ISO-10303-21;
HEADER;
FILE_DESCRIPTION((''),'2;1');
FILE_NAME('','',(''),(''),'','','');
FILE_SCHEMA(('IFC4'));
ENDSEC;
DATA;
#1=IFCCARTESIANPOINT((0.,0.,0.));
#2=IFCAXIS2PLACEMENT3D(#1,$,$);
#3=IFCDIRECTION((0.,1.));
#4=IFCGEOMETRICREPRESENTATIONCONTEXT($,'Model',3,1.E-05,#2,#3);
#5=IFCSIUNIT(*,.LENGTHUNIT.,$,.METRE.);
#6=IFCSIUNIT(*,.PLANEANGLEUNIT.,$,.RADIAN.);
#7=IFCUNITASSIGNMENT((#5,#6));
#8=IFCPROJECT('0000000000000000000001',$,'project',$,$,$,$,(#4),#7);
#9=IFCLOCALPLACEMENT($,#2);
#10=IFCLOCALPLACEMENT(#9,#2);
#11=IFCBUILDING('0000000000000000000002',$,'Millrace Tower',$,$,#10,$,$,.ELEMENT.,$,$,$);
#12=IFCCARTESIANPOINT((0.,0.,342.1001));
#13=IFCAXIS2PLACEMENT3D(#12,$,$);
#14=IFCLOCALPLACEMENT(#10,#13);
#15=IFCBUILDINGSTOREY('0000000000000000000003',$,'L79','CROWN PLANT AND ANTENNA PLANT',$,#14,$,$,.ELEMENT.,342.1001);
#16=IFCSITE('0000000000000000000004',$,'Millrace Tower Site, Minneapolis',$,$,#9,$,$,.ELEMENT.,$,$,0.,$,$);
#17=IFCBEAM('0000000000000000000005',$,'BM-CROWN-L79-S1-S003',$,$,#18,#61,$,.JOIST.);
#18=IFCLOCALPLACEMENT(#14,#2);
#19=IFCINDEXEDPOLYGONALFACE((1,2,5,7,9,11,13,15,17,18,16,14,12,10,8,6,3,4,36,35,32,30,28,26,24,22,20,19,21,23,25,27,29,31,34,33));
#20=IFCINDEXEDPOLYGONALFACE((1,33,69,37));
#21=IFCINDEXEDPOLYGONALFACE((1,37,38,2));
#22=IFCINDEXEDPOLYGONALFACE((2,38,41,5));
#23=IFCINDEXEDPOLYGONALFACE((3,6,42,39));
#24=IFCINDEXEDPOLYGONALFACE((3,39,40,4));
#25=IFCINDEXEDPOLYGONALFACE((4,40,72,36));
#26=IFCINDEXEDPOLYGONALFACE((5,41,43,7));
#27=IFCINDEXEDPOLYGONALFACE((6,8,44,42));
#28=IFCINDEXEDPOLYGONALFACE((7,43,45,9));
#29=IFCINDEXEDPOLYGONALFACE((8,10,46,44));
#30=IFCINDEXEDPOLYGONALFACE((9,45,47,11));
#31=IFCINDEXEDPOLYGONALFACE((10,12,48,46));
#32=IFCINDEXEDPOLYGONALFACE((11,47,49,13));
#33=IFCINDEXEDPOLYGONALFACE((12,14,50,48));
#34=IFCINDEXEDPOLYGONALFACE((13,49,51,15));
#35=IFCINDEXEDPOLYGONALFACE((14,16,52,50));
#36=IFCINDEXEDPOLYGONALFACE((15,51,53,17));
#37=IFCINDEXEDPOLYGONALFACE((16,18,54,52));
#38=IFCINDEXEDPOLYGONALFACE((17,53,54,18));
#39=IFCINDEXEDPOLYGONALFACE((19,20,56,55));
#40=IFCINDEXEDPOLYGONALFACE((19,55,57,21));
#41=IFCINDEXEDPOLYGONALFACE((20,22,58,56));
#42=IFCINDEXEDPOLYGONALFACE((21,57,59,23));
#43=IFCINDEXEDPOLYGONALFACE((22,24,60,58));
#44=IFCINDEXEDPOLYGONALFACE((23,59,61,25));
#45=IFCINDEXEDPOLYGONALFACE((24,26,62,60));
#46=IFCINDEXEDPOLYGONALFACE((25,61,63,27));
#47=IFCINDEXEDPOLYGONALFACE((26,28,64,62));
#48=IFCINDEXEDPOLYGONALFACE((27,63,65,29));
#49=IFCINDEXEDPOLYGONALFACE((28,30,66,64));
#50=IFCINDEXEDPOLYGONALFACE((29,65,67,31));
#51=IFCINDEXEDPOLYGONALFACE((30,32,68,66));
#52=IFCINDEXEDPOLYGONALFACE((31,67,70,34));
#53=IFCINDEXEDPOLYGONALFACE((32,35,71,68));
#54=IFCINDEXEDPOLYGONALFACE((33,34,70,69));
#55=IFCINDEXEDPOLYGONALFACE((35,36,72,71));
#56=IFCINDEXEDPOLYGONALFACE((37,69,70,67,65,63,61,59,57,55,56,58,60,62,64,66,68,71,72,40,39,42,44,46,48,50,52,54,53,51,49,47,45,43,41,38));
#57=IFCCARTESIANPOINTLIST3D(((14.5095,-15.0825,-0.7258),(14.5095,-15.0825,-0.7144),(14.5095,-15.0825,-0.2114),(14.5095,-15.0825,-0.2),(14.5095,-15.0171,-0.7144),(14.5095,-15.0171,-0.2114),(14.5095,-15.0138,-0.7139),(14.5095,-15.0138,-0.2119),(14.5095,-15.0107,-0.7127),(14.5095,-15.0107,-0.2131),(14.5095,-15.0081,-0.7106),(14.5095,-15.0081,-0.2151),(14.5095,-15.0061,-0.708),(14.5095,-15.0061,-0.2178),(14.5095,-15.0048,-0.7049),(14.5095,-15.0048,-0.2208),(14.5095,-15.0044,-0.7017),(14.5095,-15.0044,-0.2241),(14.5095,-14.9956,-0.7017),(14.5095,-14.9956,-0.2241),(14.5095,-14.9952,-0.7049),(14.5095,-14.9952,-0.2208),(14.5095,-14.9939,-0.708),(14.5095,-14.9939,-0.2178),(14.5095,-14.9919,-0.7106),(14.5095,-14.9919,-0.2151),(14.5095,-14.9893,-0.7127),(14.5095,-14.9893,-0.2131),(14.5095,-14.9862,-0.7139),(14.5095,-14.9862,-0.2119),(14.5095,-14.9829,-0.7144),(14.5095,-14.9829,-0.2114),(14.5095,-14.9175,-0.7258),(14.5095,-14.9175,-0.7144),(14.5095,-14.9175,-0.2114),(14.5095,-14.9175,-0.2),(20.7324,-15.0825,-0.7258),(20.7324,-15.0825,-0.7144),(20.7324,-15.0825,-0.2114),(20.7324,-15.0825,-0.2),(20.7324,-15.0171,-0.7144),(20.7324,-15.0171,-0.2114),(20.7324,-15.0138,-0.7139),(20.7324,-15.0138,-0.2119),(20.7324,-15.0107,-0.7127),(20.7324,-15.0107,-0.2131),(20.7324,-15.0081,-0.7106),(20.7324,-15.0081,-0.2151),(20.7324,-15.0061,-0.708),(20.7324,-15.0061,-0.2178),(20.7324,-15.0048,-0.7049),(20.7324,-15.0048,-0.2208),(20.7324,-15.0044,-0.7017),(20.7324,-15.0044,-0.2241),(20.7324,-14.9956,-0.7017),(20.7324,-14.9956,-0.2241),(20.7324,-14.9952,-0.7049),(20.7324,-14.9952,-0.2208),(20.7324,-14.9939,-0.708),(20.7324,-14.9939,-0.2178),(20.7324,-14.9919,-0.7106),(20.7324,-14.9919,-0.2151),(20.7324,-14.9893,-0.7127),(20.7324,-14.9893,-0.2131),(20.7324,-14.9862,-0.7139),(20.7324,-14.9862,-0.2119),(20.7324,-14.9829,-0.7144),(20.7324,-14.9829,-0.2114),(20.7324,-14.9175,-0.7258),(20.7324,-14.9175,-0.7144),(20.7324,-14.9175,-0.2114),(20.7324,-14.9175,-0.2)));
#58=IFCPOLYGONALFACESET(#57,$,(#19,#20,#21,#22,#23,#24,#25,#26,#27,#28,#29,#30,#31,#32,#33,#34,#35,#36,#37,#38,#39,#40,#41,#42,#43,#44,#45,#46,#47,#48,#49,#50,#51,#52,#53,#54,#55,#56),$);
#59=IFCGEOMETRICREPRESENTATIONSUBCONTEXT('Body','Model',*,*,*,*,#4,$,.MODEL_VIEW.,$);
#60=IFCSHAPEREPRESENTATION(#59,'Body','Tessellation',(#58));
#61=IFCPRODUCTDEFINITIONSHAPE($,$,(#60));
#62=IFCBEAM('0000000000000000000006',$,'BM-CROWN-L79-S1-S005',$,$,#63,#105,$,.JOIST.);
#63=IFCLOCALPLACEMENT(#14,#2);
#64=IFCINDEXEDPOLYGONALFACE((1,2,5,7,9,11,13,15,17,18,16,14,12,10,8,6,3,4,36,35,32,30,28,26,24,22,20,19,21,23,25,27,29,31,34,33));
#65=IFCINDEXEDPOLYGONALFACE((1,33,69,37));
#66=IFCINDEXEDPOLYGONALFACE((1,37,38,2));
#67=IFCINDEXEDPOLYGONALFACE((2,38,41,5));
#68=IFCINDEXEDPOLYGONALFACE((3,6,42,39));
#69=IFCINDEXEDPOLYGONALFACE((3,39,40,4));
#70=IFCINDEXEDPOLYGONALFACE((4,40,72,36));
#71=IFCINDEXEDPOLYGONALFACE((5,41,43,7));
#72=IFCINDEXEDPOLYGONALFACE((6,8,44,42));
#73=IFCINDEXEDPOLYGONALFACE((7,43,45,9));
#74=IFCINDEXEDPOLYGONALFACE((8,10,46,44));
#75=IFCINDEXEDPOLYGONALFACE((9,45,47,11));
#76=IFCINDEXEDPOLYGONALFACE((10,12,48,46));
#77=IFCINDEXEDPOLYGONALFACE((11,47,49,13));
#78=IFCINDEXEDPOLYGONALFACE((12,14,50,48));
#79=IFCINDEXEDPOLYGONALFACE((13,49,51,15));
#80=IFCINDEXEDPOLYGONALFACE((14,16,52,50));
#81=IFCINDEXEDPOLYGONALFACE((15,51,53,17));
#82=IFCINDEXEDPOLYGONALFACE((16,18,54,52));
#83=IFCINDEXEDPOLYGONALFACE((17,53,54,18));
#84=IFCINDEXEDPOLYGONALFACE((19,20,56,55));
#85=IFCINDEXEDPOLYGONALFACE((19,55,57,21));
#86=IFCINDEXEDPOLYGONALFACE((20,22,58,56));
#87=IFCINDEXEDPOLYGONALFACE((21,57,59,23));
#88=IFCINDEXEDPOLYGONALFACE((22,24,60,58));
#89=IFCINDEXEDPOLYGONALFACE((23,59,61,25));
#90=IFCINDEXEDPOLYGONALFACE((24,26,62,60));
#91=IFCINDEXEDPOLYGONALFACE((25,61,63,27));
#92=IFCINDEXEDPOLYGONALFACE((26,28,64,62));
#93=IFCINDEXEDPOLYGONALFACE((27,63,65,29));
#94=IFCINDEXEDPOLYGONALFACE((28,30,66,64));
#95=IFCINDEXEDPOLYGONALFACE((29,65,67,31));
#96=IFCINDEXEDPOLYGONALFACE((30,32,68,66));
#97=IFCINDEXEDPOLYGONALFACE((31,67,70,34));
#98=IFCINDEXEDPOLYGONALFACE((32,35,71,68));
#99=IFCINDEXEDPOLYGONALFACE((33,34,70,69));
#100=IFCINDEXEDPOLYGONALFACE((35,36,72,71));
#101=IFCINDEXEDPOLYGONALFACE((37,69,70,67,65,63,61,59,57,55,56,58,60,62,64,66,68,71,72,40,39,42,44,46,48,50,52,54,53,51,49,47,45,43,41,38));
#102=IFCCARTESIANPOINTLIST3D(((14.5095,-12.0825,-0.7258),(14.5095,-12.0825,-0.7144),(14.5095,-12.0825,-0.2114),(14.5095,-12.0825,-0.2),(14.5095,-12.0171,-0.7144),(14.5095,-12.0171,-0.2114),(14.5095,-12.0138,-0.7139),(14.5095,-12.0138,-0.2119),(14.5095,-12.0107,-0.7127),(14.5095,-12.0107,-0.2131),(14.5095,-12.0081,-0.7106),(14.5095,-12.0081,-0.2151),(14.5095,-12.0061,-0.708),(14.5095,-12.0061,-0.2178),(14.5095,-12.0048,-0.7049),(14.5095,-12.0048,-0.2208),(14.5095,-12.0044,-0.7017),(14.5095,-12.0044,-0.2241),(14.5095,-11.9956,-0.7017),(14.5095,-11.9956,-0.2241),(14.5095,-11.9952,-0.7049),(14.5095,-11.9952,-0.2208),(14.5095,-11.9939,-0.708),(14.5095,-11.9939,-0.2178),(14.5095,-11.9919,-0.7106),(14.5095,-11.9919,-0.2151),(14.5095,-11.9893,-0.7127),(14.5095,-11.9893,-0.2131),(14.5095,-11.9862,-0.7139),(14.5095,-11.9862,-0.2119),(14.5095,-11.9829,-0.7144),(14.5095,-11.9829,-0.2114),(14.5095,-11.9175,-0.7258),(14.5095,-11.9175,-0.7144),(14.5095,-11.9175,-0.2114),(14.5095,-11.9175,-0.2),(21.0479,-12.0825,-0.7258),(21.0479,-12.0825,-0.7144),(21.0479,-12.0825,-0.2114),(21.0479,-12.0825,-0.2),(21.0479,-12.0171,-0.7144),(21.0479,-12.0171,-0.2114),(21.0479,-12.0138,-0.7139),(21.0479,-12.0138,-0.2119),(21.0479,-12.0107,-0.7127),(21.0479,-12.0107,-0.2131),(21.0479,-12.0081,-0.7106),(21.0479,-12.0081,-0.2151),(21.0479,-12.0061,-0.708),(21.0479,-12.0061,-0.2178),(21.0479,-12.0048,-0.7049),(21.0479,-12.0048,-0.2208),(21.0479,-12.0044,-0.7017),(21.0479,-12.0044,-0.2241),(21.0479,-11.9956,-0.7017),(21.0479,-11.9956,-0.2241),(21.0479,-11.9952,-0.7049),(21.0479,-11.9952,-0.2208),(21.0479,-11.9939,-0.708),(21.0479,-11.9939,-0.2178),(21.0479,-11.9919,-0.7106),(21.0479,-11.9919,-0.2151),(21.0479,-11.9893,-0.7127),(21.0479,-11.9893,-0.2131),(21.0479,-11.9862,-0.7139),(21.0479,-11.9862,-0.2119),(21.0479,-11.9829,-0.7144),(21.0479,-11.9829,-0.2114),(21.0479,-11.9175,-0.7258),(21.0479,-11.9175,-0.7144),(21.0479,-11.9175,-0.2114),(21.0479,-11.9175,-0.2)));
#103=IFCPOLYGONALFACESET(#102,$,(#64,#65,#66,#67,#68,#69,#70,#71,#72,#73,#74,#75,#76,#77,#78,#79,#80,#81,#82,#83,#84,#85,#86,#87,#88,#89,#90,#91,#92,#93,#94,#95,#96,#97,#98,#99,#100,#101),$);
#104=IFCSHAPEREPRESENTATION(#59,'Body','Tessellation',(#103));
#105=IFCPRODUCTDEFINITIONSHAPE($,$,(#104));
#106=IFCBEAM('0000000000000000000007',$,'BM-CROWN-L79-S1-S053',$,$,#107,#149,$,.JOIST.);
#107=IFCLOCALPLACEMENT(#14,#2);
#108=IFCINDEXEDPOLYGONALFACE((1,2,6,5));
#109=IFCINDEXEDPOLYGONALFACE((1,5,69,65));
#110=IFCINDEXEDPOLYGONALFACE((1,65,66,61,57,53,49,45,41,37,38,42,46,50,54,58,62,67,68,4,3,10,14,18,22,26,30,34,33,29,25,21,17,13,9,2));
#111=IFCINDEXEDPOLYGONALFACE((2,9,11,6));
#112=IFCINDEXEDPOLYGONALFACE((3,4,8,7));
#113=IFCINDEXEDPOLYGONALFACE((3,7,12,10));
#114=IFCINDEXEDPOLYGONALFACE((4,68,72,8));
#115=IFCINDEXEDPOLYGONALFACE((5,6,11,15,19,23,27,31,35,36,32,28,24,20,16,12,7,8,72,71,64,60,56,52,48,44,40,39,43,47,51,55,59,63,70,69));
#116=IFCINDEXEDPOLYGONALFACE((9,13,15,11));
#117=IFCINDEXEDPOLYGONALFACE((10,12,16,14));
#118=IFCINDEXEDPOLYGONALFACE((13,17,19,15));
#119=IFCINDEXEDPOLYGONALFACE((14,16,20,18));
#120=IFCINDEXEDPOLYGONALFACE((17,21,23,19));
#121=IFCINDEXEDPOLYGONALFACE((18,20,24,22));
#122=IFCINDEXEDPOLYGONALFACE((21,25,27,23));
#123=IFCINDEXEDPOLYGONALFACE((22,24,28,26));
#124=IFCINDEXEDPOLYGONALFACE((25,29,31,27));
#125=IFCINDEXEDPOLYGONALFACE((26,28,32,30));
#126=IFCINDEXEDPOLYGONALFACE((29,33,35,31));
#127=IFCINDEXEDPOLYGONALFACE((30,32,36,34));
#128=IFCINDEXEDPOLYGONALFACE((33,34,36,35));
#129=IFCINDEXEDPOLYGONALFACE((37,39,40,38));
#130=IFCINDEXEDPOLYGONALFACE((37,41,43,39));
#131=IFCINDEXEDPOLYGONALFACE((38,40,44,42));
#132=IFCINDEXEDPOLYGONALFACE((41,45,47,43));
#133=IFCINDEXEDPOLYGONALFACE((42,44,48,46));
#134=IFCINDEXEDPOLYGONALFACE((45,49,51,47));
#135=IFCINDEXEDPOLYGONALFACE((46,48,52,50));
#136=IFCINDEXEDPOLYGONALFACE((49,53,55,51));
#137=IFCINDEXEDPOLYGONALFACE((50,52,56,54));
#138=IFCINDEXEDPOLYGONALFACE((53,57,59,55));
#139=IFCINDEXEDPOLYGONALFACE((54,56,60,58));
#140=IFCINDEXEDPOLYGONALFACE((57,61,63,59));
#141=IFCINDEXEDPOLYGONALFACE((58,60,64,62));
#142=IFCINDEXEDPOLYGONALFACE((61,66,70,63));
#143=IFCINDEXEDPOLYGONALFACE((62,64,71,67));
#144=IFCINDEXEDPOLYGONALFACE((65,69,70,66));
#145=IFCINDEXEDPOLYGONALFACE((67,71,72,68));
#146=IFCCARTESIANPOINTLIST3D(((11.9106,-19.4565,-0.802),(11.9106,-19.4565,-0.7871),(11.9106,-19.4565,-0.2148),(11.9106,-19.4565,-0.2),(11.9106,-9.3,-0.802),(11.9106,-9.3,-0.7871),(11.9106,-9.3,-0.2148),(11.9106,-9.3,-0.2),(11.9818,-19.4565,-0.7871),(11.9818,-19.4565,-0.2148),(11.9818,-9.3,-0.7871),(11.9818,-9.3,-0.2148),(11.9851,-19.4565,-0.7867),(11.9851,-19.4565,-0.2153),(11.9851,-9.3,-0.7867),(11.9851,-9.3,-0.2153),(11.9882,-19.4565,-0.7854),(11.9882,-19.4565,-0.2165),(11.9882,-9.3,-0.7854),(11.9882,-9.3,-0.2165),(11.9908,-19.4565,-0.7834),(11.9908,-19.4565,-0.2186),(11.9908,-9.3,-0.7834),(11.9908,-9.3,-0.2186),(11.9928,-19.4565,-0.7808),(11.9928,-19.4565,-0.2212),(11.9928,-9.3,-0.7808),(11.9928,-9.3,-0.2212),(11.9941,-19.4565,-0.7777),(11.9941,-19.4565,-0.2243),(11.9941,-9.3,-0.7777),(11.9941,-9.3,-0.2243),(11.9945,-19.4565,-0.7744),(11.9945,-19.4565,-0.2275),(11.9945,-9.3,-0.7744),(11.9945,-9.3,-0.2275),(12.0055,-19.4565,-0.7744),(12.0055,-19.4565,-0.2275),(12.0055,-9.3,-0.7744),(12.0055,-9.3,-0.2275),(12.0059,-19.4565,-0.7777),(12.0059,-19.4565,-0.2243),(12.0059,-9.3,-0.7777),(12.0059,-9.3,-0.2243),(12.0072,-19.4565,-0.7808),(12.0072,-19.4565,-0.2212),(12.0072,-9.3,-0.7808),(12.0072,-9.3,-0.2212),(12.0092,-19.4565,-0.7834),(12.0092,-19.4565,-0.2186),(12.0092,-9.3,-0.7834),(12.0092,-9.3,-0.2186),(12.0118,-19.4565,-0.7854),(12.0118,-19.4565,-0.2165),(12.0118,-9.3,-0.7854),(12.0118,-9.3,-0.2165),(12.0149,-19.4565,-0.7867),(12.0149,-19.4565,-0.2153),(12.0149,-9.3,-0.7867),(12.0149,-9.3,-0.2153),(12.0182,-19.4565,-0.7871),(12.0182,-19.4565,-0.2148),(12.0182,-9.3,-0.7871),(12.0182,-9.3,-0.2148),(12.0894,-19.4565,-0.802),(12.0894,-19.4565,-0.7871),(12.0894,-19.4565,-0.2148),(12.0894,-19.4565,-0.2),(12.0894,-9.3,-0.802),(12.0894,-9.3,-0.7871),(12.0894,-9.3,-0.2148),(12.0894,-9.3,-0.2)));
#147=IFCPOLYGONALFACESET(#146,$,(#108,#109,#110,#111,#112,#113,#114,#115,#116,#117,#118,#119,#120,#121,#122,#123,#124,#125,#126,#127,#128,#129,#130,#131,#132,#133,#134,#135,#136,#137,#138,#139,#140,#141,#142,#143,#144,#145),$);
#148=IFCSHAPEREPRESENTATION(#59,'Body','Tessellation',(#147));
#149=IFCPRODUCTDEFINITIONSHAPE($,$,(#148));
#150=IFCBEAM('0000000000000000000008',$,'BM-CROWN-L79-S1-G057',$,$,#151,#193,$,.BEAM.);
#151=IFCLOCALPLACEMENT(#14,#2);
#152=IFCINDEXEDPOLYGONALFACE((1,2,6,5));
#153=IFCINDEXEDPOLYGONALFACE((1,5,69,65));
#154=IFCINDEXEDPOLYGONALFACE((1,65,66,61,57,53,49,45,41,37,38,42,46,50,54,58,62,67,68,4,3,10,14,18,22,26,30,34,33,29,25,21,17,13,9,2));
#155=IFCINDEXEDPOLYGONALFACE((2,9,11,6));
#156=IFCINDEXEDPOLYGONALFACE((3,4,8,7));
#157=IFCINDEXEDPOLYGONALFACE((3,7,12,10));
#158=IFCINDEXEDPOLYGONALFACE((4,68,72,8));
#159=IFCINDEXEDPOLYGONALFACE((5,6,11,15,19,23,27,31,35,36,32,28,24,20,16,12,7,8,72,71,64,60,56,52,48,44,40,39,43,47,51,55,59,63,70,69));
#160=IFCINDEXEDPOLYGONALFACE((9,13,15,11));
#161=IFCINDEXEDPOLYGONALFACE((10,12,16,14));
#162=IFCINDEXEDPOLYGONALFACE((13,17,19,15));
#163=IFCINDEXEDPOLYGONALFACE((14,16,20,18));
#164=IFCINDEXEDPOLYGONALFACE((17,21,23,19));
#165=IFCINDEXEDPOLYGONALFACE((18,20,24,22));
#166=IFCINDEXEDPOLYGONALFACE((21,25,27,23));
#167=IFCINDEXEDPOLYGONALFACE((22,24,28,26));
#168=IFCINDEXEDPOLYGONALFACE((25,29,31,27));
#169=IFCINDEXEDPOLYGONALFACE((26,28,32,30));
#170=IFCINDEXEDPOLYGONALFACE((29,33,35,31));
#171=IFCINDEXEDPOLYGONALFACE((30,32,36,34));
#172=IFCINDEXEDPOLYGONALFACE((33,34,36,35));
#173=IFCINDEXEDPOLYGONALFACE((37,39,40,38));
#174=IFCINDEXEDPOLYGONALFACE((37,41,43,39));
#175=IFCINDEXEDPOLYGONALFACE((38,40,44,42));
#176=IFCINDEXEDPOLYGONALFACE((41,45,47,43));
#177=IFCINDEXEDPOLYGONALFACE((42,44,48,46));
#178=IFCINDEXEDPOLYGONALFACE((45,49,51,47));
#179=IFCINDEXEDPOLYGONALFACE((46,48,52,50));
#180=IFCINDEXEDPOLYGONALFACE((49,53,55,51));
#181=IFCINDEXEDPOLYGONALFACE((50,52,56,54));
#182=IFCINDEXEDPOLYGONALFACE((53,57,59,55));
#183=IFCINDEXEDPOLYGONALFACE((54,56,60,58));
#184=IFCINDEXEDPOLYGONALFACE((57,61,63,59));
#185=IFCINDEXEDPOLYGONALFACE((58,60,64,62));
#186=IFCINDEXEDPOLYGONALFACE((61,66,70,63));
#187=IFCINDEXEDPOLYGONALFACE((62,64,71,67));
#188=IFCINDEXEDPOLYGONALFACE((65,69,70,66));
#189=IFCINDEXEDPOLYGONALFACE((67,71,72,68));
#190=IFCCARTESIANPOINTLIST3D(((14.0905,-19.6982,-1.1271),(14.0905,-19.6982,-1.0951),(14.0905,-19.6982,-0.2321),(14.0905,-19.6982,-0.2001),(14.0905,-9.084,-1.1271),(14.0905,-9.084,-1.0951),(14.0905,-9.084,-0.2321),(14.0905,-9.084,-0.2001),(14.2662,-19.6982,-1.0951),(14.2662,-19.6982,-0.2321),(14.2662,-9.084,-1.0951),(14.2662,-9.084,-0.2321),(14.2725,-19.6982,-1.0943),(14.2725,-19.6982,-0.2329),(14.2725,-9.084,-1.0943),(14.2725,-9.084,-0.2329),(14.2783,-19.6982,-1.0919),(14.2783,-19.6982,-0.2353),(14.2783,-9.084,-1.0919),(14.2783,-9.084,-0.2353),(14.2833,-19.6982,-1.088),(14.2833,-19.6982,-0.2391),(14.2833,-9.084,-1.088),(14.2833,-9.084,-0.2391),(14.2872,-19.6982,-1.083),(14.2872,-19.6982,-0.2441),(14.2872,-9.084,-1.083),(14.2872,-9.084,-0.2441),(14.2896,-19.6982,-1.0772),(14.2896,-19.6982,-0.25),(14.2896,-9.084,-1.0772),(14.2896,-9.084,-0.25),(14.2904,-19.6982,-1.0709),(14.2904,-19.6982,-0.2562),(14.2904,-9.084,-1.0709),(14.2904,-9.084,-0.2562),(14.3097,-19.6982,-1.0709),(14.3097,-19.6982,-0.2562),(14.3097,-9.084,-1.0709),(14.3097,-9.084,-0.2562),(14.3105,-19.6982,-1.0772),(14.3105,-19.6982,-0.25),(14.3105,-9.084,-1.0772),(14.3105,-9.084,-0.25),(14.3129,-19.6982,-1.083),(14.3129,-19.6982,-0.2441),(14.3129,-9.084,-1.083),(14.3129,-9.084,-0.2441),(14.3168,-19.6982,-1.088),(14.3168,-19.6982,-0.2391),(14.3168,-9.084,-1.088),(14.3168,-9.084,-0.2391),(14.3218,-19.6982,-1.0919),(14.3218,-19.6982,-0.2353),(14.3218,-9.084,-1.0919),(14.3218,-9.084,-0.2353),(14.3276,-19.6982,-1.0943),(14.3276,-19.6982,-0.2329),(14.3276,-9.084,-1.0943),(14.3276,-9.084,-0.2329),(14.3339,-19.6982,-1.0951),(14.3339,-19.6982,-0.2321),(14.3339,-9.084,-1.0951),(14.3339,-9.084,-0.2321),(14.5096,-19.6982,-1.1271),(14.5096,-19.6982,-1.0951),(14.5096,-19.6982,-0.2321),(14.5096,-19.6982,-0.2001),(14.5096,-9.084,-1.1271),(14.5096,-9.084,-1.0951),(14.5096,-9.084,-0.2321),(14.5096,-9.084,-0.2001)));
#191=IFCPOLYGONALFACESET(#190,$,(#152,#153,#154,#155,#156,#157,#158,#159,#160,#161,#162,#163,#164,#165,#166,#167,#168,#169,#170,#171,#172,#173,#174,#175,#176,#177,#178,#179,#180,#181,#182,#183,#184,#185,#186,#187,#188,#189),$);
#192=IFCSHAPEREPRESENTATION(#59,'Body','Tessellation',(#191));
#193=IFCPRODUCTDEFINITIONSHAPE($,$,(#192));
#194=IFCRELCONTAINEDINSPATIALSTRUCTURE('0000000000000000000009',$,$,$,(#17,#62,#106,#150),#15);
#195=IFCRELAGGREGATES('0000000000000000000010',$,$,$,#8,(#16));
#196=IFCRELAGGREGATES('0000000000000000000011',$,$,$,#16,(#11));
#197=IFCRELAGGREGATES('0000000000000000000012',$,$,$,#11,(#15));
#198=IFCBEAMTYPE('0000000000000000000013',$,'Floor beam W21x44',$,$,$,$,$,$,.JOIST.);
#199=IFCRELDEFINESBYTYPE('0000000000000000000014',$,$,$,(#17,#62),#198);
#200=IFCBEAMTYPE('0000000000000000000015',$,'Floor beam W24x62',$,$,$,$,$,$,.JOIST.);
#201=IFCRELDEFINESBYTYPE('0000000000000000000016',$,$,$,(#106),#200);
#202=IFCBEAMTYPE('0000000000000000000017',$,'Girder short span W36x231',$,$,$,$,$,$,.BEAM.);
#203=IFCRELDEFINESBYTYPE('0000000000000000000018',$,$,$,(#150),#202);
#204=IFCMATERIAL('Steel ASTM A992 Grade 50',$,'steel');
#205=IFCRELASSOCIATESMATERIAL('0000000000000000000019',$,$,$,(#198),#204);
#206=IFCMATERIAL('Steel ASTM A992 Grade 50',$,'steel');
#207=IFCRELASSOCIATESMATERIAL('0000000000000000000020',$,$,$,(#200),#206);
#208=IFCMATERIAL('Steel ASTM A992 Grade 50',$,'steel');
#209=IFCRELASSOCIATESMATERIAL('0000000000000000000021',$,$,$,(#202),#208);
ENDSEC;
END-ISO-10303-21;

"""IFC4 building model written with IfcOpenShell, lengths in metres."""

from ifc_helpers import new_model, si_unit, direction, frame, origin, origin_2d, place, context, subcontext, project, spatial, i_section, extrude, material, material_profile, profile_set, type_object, element, save


model = new_model("IFC4")

# Units and contexts
model_context = context("Model", 3, precision=1e-05, world=origin(), true_north=direction((0.0, 1.0)))
body_context = subcontext(model_context, "Body", "Model", "MODEL_VIEW")
ifc_project = project(units=[si_unit("LENGTHUNIT", "METRE"), si_unit("PLANEANGLEUNIT", "RADIAN")], contexts=[model_context])

# Site, building, storey
site_placement = place(None, origin())
site = spatial("IfcSite", under=ifc_project, at=site_placement, Name="Millrace Tower Site, Minneapolis", CompositionType="ELEMENT", RefElevation=0.0)
building_placement = place(site_placement, origin())
building = spatial("IfcBuilding", under=site, at=building_placement, Name="Millrace Tower", CompositionType="ELEMENT")
storey_placement = place(building_placement, frame((0.0, 0.0, 342.1001)))
storey = spatial("IfcBuildingStorey", under=building, at=storey_placement, Name="L79", Description="CROWN PLANT AND ANTENNA PLANT", CompositionType="ELEMENT", Elevation=342.1001)

# Beams
ifc_material_1 = material(Name="Steel ASTM A992 Grade 50", Category="steel")
ifc_material_profile_1 = material_profile(ifc_material_1, i_section(OverallWidth=0.165, OverallDepth=0.5259, WebThickness=0.0088, FlangeThickness=0.0115, FilletRadius=0.0127, at=origin_2d()))
ifc_profile_set_1 = profile_set([ifc_material_profile_1], Name="Steel ASTM A992 Grade 50")
beam_type_1 = type_object("IfcBeamType", Name="Floor beam W21x44", PredefinedType="JOIST", material=ifc_profile_set_1)
beam_1_placement = place(storey_placement, frame((14.5095, -15.0, -0.4629), z_axis=(1.0, 0.0, 0.0), x_axis=(0.0, 1.0, 0.0)))
element("IfcBeam", 1, at=beam_1_placement, inside=storey, type_object=beam_type_1, Name="BM-CROWN-L79-S1-S003", PredefinedType="JOIST", context=body_context, shape_type="SweptSolid", body=[
    extrude(i_section(OverallWidth=0.165, OverallDepth=0.5259, WebThickness=0.0088, FlangeThickness=0.0115, FilletRadius=0.0127, at=origin_2d()), origin(), (0.0, 0.0, 1.0), 6.2229),
])
beam_2_placement = place(storey_placement, frame((14.5095, -12.0, -0.4629), z_axis=(1.0, 0.0, 0.0), x_axis=(0.0, 1.0, 0.0)))
element("IfcBeam", 2, at=beam_2_placement, inside=storey, type_object=beam_type_1, Name="BM-CROWN-L79-S1-S005", PredefinedType="JOIST", context=body_context, shape_type="SweptSolid", body=[
    extrude(i_section(OverallWidth=0.165, OverallDepth=0.5259, WebThickness=0.0088, FlangeThickness=0.0115, FilletRadius=0.0127, at=origin_2d()), origin(), (0.0, 0.0, 1.0), 6.5383),
])
ifc_material_2 = material(Name="Steel ASTM A992 Grade 50", Category="steel")
ifc_material_profile_2 = material_profile(ifc_material_2, i_section(OverallWidth=0.1787, OverallDepth=0.6021, WebThickness=0.011, FlangeThickness=0.0149, FilletRadius=0.0127, at=origin_2d()))
ifc_profile_set_2 = profile_set([ifc_material_profile_2], Name="Steel ASTM A992 Grade 50")
beam_type_2 = type_object("IfcBeamType", Name="Floor beam W24x62", PredefinedType="JOIST", material=ifc_profile_set_2)
beam_3_placement = place(storey_placement, frame((12.0, -19.4565, -0.501), z_axis=(0.0, 1.0, 0.0), x_axis=(-1.0, 0.0, 0.0)))
element("IfcBeam", 3, at=beam_3_placement, inside=storey, type_object=beam_type_2, Name="BM-CROWN-L79-S1-S053", PredefinedType="JOIST", context=body_context, shape_type="SweptSolid", body=[
    extrude(i_section(OverallWidth=0.1787, OverallDepth=0.6021, WebThickness=0.011, FlangeThickness=0.0149, FilletRadius=0.0127, at=origin_2d()), origin(), (0.0, 0.0, 1.0), 10.1565),
])
ifc_material_3 = material(Name="Steel ASTM A992 Grade 50", Category="steel")
ifc_material_profile_3 = material_profile(ifc_material_3, i_section(OverallWidth=0.4192, OverallDepth=0.927, WebThickness=0.0193, FlangeThickness=0.032, FilletRadius=0.0242, at=origin_2d()))
ifc_profile_set_3 = profile_set([ifc_material_profile_3], Name="Steel ASTM A992 Grade 50")
beam_type_3 = type_object("IfcBeamType", Name="Girder short span W36x231", PredefinedType="BEAM", material=ifc_profile_set_3)
beam_4_placement = place(storey_placement, frame((14.3, -19.6982, -0.6636), z_axis=(0.0, 1.0, 0.0), x_axis=(-1.0, 0.0, 0.0)))
element("IfcBeam", 4, at=beam_4_placement, inside=storey, type_object=beam_type_3, Name="BM-CROWN-L79-S1-G057", PredefinedType="BEAM", context=body_context, shape_type="SweptSolid", body=[
    extrude(i_section(OverallWidth=0.4192, OverallDepth=0.927, WebThickness=0.0193, FlangeThickness=0.032, FilletRadius=0.0242, at=origin_2d()), origin(), (0.0, 0.0, 1.0), 10.6143),
])

save(model, "model.ifc")
